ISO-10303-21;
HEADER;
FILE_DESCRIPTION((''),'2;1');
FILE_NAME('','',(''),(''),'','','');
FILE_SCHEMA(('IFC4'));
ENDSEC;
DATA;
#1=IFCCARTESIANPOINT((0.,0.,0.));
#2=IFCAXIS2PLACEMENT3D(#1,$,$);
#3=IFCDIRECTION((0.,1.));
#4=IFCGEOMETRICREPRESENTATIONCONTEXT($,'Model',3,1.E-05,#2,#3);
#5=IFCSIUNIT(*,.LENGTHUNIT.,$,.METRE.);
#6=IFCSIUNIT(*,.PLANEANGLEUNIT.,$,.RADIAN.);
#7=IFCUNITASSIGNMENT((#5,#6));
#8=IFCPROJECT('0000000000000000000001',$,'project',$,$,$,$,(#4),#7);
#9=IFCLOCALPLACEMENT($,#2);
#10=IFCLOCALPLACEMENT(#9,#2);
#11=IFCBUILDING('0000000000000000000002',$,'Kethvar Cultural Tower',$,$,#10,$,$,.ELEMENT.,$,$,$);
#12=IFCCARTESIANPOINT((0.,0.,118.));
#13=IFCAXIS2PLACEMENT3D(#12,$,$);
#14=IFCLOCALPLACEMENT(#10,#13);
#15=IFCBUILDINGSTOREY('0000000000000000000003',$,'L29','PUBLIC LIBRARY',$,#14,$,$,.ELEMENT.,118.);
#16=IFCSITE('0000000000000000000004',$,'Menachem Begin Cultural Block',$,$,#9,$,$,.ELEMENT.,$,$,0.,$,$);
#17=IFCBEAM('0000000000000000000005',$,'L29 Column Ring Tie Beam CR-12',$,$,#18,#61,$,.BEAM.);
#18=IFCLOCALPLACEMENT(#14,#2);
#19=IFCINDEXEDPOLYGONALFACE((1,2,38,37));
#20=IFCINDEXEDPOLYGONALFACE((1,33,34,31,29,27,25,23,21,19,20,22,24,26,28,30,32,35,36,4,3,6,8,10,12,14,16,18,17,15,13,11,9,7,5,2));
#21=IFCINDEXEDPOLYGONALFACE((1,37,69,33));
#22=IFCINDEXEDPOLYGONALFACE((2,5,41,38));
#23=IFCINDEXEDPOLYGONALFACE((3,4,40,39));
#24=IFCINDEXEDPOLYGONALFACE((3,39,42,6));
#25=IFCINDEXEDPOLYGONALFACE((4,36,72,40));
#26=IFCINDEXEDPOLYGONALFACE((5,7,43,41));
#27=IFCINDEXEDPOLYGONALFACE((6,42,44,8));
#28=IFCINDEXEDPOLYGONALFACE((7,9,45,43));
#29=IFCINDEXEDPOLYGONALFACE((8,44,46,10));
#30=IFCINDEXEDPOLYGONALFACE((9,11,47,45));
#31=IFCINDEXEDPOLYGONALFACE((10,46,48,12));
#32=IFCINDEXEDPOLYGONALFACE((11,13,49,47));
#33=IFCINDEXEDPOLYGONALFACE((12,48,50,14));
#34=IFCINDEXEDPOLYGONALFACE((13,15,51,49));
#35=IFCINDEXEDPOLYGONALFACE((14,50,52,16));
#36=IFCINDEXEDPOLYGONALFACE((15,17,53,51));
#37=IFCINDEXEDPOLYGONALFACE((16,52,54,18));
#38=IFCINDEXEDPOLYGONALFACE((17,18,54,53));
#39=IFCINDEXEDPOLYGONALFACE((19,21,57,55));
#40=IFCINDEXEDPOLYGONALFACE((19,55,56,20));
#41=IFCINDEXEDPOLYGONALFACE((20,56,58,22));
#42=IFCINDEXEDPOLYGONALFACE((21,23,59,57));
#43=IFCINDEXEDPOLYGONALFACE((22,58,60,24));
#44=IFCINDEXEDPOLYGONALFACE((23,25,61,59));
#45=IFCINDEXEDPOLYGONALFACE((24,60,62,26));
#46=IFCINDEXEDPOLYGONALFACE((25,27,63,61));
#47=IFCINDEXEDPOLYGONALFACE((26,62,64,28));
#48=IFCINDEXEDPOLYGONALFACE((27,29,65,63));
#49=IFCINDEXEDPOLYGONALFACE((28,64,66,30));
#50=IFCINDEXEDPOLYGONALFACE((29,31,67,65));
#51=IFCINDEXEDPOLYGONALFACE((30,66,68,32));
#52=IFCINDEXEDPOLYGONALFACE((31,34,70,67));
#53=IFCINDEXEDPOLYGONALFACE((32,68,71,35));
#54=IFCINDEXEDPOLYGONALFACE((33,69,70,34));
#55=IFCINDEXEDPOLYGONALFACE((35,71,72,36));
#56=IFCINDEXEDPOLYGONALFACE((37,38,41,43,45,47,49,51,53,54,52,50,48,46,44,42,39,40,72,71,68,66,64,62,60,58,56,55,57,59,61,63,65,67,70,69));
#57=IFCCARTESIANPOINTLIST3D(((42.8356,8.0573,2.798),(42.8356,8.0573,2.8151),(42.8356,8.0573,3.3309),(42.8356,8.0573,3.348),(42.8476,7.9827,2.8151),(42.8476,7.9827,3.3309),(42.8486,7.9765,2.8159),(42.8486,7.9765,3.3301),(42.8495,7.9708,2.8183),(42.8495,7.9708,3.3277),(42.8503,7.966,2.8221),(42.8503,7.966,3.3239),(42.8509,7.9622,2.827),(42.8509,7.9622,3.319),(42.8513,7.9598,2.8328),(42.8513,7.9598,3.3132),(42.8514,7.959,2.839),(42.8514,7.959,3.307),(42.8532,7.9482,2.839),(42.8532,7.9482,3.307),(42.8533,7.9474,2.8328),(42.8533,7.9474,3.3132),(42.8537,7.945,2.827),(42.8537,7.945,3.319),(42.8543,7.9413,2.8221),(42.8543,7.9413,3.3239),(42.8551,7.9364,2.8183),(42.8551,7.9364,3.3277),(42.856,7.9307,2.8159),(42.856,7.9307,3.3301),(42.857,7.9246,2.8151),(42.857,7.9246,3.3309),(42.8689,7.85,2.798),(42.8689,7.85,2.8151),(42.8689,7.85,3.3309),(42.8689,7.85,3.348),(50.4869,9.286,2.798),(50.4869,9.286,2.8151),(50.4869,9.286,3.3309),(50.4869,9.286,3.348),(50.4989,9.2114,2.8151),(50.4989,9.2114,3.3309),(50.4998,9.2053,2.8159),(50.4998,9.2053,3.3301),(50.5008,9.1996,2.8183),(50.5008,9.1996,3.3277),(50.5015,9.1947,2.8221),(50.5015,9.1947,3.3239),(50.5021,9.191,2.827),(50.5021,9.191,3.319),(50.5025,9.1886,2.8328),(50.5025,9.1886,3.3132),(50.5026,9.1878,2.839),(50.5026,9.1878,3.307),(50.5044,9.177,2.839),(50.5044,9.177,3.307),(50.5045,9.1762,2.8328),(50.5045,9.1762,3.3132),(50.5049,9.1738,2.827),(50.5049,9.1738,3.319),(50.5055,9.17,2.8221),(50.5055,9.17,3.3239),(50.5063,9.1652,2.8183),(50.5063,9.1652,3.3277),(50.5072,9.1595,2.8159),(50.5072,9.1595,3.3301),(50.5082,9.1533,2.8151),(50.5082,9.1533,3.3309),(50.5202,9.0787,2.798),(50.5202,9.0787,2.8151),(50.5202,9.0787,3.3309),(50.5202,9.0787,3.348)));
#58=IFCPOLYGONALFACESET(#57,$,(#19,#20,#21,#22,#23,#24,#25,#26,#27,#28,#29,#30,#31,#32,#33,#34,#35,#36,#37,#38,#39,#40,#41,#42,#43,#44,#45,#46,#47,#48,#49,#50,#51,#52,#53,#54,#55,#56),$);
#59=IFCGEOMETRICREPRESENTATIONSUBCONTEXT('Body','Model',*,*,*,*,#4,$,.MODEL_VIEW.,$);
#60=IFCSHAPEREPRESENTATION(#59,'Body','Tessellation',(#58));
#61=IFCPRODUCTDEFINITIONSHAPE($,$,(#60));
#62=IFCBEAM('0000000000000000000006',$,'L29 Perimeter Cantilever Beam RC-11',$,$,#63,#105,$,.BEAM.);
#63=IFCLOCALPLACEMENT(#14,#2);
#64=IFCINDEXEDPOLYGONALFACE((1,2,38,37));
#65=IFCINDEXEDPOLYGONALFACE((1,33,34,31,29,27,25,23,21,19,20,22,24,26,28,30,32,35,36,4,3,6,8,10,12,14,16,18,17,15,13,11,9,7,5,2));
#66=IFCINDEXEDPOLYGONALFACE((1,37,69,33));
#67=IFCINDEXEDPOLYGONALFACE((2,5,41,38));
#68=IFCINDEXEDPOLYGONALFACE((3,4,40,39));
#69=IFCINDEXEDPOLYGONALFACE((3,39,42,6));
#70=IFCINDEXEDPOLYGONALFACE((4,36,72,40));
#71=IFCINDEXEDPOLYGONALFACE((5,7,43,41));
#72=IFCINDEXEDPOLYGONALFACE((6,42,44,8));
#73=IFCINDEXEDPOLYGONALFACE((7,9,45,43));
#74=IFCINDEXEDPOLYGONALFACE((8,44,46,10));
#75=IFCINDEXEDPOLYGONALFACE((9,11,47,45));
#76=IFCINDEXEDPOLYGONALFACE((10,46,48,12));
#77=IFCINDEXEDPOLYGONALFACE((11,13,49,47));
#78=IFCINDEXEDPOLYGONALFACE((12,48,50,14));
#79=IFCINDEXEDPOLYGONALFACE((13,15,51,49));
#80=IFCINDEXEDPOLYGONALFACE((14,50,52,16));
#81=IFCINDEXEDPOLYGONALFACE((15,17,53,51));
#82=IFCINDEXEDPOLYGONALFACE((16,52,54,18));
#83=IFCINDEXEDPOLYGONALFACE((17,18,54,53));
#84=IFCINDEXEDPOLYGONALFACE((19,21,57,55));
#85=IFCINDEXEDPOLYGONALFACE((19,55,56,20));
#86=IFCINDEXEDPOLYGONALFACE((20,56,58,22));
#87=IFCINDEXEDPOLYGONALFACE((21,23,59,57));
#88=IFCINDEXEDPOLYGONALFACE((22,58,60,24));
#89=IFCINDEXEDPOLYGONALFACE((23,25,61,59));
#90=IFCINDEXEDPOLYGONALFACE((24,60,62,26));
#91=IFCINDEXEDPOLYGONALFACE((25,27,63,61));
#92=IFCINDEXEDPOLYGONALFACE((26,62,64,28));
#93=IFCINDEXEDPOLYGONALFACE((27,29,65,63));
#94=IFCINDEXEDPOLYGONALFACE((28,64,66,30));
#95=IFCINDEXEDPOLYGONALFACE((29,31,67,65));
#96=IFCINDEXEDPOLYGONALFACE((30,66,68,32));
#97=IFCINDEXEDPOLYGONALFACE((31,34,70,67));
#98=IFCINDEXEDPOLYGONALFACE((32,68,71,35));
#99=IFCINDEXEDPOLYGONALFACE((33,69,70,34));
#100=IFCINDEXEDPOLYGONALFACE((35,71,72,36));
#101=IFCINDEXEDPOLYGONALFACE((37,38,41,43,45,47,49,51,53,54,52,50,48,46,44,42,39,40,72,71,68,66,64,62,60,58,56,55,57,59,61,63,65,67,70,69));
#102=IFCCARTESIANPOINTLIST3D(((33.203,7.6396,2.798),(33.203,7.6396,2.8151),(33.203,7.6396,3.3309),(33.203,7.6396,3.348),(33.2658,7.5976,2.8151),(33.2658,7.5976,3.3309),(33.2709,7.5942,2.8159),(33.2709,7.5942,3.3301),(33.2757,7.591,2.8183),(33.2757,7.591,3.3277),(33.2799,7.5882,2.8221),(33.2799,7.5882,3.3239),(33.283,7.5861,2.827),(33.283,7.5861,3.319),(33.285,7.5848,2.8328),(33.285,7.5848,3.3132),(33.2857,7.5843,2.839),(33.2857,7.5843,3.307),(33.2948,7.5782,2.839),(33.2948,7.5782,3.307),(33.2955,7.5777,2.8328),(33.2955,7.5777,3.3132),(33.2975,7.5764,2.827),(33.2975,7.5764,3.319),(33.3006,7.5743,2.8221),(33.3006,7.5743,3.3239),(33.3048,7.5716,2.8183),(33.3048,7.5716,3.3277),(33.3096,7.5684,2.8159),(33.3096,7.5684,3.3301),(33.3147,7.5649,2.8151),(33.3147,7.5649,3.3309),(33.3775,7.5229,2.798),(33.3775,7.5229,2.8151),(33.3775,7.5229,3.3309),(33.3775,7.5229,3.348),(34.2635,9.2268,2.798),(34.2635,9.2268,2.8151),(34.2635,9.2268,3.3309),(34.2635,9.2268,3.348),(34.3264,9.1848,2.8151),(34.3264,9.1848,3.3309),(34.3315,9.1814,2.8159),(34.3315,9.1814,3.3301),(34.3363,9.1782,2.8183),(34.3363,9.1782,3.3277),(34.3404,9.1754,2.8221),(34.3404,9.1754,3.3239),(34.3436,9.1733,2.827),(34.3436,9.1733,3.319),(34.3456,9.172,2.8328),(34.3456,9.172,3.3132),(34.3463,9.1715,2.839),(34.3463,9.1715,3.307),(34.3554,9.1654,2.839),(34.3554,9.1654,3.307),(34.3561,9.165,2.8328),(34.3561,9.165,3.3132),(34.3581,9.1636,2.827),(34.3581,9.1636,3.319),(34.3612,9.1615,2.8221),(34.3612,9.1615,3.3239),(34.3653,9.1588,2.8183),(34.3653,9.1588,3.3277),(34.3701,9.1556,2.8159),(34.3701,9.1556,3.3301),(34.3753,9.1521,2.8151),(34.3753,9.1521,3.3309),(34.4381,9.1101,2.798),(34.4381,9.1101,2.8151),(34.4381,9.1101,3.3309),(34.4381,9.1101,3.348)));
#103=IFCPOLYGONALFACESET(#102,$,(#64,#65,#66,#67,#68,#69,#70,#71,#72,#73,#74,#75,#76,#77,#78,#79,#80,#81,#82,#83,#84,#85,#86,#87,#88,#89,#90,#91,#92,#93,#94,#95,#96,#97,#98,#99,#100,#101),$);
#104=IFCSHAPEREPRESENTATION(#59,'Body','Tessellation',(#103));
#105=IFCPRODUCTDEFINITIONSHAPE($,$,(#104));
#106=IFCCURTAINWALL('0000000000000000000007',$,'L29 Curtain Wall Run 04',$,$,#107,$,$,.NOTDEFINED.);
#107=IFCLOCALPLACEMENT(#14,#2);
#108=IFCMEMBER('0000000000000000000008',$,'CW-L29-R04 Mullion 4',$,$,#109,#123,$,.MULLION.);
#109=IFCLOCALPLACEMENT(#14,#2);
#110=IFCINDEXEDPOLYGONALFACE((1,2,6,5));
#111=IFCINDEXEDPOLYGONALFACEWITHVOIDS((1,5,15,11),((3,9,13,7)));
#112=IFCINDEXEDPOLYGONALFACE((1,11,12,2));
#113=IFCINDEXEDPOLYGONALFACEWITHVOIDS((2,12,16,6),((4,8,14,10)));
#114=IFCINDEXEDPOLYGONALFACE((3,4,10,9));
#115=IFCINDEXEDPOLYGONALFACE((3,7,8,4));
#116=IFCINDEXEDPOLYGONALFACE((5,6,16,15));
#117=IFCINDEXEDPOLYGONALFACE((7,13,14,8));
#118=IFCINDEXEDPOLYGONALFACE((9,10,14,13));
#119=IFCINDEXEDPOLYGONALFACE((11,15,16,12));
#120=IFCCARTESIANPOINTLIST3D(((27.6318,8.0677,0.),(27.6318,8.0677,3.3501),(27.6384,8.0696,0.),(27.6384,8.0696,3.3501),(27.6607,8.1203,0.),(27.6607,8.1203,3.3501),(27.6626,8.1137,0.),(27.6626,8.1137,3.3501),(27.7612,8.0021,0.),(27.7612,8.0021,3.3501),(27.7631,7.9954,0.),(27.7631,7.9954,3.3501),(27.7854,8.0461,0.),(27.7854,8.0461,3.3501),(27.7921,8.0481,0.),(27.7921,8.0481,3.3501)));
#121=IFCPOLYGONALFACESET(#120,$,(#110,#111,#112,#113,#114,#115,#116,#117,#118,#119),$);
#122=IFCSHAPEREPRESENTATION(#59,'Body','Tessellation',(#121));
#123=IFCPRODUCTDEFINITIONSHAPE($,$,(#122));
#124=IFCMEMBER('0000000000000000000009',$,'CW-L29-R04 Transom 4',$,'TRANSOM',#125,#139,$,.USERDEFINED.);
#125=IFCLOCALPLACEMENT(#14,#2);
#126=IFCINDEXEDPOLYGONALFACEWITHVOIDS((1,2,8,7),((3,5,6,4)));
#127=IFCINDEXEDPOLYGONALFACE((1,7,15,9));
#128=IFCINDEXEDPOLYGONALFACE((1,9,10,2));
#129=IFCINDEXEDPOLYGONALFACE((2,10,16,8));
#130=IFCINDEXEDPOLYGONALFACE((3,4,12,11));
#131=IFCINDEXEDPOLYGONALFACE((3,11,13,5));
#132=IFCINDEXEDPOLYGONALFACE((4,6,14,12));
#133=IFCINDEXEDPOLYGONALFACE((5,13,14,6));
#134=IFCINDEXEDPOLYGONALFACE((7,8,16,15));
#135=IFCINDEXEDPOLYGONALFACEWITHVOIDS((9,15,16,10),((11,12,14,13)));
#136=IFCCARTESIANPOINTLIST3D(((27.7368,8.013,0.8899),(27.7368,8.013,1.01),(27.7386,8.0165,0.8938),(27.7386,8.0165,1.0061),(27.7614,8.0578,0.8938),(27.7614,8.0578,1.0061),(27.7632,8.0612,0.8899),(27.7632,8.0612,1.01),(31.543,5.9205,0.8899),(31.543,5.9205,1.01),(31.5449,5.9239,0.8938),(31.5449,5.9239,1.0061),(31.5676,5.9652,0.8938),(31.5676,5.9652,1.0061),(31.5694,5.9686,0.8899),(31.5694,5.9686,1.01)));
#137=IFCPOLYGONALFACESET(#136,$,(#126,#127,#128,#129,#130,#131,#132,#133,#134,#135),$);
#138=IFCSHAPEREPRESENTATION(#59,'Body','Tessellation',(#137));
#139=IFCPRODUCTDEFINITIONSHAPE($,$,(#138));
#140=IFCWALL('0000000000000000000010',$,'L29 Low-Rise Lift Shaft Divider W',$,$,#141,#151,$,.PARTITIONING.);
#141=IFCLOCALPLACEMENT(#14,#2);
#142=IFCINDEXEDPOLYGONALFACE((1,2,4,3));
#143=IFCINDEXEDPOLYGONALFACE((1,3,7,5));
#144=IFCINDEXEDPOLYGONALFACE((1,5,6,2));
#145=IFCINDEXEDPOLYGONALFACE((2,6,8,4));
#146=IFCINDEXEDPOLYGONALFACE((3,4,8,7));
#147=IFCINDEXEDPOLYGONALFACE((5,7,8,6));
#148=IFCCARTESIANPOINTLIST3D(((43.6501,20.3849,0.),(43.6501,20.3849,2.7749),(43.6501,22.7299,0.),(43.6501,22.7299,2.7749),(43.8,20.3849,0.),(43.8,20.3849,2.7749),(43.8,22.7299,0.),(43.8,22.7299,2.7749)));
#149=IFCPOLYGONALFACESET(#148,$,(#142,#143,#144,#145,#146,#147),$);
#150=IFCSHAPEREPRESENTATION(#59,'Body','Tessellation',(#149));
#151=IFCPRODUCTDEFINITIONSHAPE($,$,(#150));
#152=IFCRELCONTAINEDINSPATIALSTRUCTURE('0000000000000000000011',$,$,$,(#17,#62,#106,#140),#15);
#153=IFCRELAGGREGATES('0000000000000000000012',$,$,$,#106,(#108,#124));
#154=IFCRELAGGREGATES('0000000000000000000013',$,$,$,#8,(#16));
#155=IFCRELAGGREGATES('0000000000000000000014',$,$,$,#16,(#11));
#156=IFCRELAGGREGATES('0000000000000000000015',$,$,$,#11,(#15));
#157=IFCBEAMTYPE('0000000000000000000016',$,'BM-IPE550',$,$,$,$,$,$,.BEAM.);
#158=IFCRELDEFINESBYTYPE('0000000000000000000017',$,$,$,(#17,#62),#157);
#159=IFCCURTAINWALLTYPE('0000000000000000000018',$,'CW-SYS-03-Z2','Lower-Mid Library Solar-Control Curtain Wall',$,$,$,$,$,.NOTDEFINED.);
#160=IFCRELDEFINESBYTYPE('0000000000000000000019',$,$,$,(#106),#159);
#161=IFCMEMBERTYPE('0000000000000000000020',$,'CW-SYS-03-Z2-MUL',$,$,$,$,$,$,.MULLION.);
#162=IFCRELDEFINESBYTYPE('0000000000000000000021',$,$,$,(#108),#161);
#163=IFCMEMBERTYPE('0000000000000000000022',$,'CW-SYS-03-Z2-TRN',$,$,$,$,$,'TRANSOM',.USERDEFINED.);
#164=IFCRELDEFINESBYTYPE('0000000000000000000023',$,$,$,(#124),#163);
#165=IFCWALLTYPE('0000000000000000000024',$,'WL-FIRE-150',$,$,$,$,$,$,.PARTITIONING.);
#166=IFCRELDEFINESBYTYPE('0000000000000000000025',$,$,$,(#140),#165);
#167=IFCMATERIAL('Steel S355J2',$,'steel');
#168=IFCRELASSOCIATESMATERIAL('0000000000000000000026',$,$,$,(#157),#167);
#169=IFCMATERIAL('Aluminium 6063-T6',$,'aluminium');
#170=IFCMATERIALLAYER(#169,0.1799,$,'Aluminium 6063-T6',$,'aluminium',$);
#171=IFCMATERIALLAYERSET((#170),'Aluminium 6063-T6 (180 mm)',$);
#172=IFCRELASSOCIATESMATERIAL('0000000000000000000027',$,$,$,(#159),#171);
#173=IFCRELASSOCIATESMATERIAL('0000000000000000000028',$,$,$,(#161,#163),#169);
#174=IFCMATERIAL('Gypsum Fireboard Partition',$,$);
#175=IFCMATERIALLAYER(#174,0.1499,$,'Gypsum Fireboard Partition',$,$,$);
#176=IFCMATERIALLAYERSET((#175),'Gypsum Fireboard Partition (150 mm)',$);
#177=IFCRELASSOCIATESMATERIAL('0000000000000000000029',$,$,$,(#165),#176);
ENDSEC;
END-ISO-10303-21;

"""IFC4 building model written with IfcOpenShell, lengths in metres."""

from ifc_helpers import new_model, si_unit, direction, frame, frame_2d, origin, origin_2d, place, context, subcontext, project, spatial, rectangle, hollow_rectangle, i_section, extrude, source, transform, mapped, material, layer, layer_set, material_profile, profile_set, type_object, element, aggregate, save


model = new_model("IFC4")

# Units and contexts
model_context = context("Model", 3, precision=1e-05, world=origin(), true_north=direction((0.0, 1.0)))
body_context = subcontext(model_context, "Body", "Model", "MODEL_VIEW")
ifc_project = project(units=[si_unit("LENGTHUNIT", "METRE"), si_unit("PLANEANGLEUNIT", "RADIAN")], contexts=[model_context])

# Site, building, storey
site_placement = place(None, origin())
site = spatial("IfcSite", under=ifc_project, at=site_placement, Name="Menachem Begin Cultural Block", CompositionType="ELEMENT", RefElevation=0.0)
building_placement = place(site_placement, origin())
building = spatial("IfcBuilding", under=site, at=building_placement, Name="Kethvar Cultural Tower", CompositionType="ELEMENT")
storey_placement = place(building_placement, frame((0.0, 0.0, 118.0)))
storey = spatial("IfcBuildingStorey", under=building, at=storey_placement, Name="L29", Description="PUBLIC LIBRARY", CompositionType="ELEMENT", Elevation=118.0)

# Beams
ifc_material_1 = material(Name="Steel S355J2", Category="steel")
ifc_material_profile_1 = material_profile(ifc_material_1, i_section(OverallWidth=0.21, OverallDepth=0.55, WebThickness=0.011, FlangeThickness=0.0171, FilletRadius=0.0239, at=origin_2d()), Name="Steel S355J2 — IPE550")
ifc_profile_set_1 = profile_set([ifc_material_profile_1], Name="Steel S355J2 — IPE550")
beam_type_1 = type_object("IfcBeamType", Name="BM-IPE550", PredefinedType="BEAM", material=ifc_profile_set_1)
shared_shape_1 = source(origin(), body_context, "Body", "SweptSolid", [
    extrude(i_section(OverallWidth=0.21, OverallDepth=0.55, WebThickness=0.011, FlangeThickness=0.0171, FilletRadius=0.0239, at=origin_2d()), origin(), (0.0, 0.0, 1.0), 7.7493),
])
beam_1_placement = place(storey_placement, frame((42.8523, 7.9536, 3.073), z_axis=(0.987348, 0.158567, 0.0), x_axis=(-0.158567, 0.987348, 0.0)))
element("IfcBeam", 1, at=beam_1_placement, inside=storey, type_object=beam_type_1, Name="L29 Column Ring Tie Beam CR-12", PredefinedType="BEAM", context=body_context, shape_type="MappedRepresentation", body=[
    mapped(shared_shape_1, transform((0.0, 0.0, 0.0), scale=1.0)),
])
shared_shape_2 = source(origin(), body_context, "Body", "SweptSolid", [
    extrude(i_section(OverallWidth=0.21, OverallDepth=0.55, WebThickness=0.011, FlangeThickness=0.0171, FilletRadius=0.0239, at=origin_2d()), origin(), (0.0, 0.0, 1.0), 1.9089),
])
beam_2_placement = place(storey_placement, frame((34.3508, 9.1685, 3.073), z_axis=(-0.555585, -0.83146, 0.0), x_axis=(0.83146, -0.555585, 0.0)))
element("IfcBeam", 2, at=beam_2_placement, inside=storey, type_object=beam_type_1, Name="L29 Perimeter Cantilever Beam RC-11", PredefinedType="BEAM", context=body_context, shape_type="MappedRepresentation", body=[
    mapped(shared_shape_2, transform((0.0, 0.0, 0.0), scale=1.0)),
])

# Curtain wall, members
ifc_material_2 = material(Name="Aluminium 6063-T6", Category="aluminium")
ifc_layer_1 = layer(ifc_material_2, 0.1799, Name="Aluminium 6063-T6", Category="aluminium")
ifc_layer_set_1 = layer_set([ifc_layer_1], Name="Aluminium 6063-T6 (180 mm)")
curtain_wall_type = type_object("IfcCurtainWallType", Name="CW-SYS-03-Z2", Description="Lower-Mid Library Solar-Control Curtain Wall", PredefinedType="NOTDEFINED", material=ifc_layer_set_1)
curtain_wall_placement = place(storey_placement, origin())
curtain_wall = element("IfcCurtainWall", 3, at=curtain_wall_placement, inside=storey, type_object=curtain_wall_type, Name="L29 Curtain Wall Run 04", PredefinedType="NOTDEFINED")
ifc_material_profile_2 = material_profile(ifc_material_2, hollow_rectangle(XDim=0.0601, YDim=0.1499, WallThickness=0.0049, at=origin_2d()), Name="Aluminium 6063-T6 — RHS150x60x5")
ifc_profile_set_2 = profile_set([ifc_material_profile_2], Name="Aluminium 6063-T6 — RHS150x60x5")
member_type_1 = type_object("IfcMemberType", Name="CW-SYS-03-Z2-MUL", PredefinedType="MULLION", material=ifc_profile_set_2)
shared_shape_3 = source(origin(), body_context, "Body", "SweptSolid", [
    extrude(hollow_rectangle(XDim=0.0601, YDim=0.1499, WallThickness=0.0049, at=origin_2d()), origin(), (0.0, 0.0, 1.0), 3.3501),
])
member_1_placement = place(storey_placement, frame((27.7119, 8.0579, 0.0), z_axis=(0.0, 0.0, 1.0), x_axis=(0.481723, 0.876323, 0.0)))
member_1 = element("IfcMember", 4, at=member_1_placement, type_object=member_type_1, Name="CW-L29-R04 Mullion 4", PredefinedType="MULLION", context=body_context, shape_type="MappedRepresentation", body=[
    mapped(shared_shape_3, transform((0.0, 0.0, 0.0), scale=1.0)),
])
ifc_material_profile_3 = material_profile(ifc_material_2, hollow_rectangle(XDim=0.0549, YDim=0.1201, WallThickness=0.0039, at=origin_2d()), Name="Aluminium 6063-T6 — RHS120x55x4")
ifc_profile_set_3 = profile_set([ifc_material_profile_3], Name="Aluminium 6063-T6 — RHS120x55x4")
member_type_2 = type_object("IfcMemberType", Name="CW-SYS-03-Z2-TRN", ElementType="TRANSOM", PredefinedType="USERDEFINED", material=ifc_profile_set_3)
shared_shape_4 = source(origin(), body_context, "Body", "SweptSolid", [
    extrude(hollow_rectangle(XDim=0.0549, YDim=0.1201, WallThickness=0.0039, at=origin_2d()), origin(), (0.0, 0.0, 1.0), 4.3435),
])
member_2_placement = place(storey_placement, frame((27.75, 8.0371, 0.95), z_axis=(0.876299, -0.481768, 0.0), x_axis=(0.481768, 0.876299, 0.0)))
member_2 = element("IfcMember", 5, at=member_2_placement, type_object=member_type_2, Name="CW-L29-R04 Transom 4", ObjectType="TRANSOM", PredefinedType="USERDEFINED", context=body_context, shape_type="MappedRepresentation", body=[
    mapped(shared_shape_4, transform((0.0, 0.0, 0.0), scale=1.0)),
])
aggregate(curtain_wall, [member_1, member_2])

# Wall
ifc_material_3 = material(Name="Gypsum Fireboard Partition")
ifc_layer_2 = layer(ifc_material_3, 0.1499, Name="Gypsum Fireboard Partition")
ifc_layer_set_2 = layer_set([ifc_layer_2], Name="Gypsum Fireboard Partition (150 mm)")
wall_type_1 = type_object("IfcWallType", Name="WL-FIRE-150", PredefinedType="PARTITIONING", material=ifc_layer_set_2)
wall_1_placement = place(storey_placement, frame((43.7251, 20.385, 0.0), z_axis=(0.0, 0.0, 1.0), x_axis=(0.0, 1.0, 0.0)))
element("IfcWall", 6, at=wall_1_placement, inside=storey, type_object=wall_type_1, Name="L29 Low-Rise Lift Shaft Divider W", PredefinedType="PARTITIONING", context=body_context, shape_type="SweptSolid", body=[
    extrude(rectangle(XDim=2.345, YDim=0.1499, at=frame_2d((1.1724, 0.0))), origin(), (0.0, 0.0, 1.0), 2.7749),
])

save(model, "model.ifc")
